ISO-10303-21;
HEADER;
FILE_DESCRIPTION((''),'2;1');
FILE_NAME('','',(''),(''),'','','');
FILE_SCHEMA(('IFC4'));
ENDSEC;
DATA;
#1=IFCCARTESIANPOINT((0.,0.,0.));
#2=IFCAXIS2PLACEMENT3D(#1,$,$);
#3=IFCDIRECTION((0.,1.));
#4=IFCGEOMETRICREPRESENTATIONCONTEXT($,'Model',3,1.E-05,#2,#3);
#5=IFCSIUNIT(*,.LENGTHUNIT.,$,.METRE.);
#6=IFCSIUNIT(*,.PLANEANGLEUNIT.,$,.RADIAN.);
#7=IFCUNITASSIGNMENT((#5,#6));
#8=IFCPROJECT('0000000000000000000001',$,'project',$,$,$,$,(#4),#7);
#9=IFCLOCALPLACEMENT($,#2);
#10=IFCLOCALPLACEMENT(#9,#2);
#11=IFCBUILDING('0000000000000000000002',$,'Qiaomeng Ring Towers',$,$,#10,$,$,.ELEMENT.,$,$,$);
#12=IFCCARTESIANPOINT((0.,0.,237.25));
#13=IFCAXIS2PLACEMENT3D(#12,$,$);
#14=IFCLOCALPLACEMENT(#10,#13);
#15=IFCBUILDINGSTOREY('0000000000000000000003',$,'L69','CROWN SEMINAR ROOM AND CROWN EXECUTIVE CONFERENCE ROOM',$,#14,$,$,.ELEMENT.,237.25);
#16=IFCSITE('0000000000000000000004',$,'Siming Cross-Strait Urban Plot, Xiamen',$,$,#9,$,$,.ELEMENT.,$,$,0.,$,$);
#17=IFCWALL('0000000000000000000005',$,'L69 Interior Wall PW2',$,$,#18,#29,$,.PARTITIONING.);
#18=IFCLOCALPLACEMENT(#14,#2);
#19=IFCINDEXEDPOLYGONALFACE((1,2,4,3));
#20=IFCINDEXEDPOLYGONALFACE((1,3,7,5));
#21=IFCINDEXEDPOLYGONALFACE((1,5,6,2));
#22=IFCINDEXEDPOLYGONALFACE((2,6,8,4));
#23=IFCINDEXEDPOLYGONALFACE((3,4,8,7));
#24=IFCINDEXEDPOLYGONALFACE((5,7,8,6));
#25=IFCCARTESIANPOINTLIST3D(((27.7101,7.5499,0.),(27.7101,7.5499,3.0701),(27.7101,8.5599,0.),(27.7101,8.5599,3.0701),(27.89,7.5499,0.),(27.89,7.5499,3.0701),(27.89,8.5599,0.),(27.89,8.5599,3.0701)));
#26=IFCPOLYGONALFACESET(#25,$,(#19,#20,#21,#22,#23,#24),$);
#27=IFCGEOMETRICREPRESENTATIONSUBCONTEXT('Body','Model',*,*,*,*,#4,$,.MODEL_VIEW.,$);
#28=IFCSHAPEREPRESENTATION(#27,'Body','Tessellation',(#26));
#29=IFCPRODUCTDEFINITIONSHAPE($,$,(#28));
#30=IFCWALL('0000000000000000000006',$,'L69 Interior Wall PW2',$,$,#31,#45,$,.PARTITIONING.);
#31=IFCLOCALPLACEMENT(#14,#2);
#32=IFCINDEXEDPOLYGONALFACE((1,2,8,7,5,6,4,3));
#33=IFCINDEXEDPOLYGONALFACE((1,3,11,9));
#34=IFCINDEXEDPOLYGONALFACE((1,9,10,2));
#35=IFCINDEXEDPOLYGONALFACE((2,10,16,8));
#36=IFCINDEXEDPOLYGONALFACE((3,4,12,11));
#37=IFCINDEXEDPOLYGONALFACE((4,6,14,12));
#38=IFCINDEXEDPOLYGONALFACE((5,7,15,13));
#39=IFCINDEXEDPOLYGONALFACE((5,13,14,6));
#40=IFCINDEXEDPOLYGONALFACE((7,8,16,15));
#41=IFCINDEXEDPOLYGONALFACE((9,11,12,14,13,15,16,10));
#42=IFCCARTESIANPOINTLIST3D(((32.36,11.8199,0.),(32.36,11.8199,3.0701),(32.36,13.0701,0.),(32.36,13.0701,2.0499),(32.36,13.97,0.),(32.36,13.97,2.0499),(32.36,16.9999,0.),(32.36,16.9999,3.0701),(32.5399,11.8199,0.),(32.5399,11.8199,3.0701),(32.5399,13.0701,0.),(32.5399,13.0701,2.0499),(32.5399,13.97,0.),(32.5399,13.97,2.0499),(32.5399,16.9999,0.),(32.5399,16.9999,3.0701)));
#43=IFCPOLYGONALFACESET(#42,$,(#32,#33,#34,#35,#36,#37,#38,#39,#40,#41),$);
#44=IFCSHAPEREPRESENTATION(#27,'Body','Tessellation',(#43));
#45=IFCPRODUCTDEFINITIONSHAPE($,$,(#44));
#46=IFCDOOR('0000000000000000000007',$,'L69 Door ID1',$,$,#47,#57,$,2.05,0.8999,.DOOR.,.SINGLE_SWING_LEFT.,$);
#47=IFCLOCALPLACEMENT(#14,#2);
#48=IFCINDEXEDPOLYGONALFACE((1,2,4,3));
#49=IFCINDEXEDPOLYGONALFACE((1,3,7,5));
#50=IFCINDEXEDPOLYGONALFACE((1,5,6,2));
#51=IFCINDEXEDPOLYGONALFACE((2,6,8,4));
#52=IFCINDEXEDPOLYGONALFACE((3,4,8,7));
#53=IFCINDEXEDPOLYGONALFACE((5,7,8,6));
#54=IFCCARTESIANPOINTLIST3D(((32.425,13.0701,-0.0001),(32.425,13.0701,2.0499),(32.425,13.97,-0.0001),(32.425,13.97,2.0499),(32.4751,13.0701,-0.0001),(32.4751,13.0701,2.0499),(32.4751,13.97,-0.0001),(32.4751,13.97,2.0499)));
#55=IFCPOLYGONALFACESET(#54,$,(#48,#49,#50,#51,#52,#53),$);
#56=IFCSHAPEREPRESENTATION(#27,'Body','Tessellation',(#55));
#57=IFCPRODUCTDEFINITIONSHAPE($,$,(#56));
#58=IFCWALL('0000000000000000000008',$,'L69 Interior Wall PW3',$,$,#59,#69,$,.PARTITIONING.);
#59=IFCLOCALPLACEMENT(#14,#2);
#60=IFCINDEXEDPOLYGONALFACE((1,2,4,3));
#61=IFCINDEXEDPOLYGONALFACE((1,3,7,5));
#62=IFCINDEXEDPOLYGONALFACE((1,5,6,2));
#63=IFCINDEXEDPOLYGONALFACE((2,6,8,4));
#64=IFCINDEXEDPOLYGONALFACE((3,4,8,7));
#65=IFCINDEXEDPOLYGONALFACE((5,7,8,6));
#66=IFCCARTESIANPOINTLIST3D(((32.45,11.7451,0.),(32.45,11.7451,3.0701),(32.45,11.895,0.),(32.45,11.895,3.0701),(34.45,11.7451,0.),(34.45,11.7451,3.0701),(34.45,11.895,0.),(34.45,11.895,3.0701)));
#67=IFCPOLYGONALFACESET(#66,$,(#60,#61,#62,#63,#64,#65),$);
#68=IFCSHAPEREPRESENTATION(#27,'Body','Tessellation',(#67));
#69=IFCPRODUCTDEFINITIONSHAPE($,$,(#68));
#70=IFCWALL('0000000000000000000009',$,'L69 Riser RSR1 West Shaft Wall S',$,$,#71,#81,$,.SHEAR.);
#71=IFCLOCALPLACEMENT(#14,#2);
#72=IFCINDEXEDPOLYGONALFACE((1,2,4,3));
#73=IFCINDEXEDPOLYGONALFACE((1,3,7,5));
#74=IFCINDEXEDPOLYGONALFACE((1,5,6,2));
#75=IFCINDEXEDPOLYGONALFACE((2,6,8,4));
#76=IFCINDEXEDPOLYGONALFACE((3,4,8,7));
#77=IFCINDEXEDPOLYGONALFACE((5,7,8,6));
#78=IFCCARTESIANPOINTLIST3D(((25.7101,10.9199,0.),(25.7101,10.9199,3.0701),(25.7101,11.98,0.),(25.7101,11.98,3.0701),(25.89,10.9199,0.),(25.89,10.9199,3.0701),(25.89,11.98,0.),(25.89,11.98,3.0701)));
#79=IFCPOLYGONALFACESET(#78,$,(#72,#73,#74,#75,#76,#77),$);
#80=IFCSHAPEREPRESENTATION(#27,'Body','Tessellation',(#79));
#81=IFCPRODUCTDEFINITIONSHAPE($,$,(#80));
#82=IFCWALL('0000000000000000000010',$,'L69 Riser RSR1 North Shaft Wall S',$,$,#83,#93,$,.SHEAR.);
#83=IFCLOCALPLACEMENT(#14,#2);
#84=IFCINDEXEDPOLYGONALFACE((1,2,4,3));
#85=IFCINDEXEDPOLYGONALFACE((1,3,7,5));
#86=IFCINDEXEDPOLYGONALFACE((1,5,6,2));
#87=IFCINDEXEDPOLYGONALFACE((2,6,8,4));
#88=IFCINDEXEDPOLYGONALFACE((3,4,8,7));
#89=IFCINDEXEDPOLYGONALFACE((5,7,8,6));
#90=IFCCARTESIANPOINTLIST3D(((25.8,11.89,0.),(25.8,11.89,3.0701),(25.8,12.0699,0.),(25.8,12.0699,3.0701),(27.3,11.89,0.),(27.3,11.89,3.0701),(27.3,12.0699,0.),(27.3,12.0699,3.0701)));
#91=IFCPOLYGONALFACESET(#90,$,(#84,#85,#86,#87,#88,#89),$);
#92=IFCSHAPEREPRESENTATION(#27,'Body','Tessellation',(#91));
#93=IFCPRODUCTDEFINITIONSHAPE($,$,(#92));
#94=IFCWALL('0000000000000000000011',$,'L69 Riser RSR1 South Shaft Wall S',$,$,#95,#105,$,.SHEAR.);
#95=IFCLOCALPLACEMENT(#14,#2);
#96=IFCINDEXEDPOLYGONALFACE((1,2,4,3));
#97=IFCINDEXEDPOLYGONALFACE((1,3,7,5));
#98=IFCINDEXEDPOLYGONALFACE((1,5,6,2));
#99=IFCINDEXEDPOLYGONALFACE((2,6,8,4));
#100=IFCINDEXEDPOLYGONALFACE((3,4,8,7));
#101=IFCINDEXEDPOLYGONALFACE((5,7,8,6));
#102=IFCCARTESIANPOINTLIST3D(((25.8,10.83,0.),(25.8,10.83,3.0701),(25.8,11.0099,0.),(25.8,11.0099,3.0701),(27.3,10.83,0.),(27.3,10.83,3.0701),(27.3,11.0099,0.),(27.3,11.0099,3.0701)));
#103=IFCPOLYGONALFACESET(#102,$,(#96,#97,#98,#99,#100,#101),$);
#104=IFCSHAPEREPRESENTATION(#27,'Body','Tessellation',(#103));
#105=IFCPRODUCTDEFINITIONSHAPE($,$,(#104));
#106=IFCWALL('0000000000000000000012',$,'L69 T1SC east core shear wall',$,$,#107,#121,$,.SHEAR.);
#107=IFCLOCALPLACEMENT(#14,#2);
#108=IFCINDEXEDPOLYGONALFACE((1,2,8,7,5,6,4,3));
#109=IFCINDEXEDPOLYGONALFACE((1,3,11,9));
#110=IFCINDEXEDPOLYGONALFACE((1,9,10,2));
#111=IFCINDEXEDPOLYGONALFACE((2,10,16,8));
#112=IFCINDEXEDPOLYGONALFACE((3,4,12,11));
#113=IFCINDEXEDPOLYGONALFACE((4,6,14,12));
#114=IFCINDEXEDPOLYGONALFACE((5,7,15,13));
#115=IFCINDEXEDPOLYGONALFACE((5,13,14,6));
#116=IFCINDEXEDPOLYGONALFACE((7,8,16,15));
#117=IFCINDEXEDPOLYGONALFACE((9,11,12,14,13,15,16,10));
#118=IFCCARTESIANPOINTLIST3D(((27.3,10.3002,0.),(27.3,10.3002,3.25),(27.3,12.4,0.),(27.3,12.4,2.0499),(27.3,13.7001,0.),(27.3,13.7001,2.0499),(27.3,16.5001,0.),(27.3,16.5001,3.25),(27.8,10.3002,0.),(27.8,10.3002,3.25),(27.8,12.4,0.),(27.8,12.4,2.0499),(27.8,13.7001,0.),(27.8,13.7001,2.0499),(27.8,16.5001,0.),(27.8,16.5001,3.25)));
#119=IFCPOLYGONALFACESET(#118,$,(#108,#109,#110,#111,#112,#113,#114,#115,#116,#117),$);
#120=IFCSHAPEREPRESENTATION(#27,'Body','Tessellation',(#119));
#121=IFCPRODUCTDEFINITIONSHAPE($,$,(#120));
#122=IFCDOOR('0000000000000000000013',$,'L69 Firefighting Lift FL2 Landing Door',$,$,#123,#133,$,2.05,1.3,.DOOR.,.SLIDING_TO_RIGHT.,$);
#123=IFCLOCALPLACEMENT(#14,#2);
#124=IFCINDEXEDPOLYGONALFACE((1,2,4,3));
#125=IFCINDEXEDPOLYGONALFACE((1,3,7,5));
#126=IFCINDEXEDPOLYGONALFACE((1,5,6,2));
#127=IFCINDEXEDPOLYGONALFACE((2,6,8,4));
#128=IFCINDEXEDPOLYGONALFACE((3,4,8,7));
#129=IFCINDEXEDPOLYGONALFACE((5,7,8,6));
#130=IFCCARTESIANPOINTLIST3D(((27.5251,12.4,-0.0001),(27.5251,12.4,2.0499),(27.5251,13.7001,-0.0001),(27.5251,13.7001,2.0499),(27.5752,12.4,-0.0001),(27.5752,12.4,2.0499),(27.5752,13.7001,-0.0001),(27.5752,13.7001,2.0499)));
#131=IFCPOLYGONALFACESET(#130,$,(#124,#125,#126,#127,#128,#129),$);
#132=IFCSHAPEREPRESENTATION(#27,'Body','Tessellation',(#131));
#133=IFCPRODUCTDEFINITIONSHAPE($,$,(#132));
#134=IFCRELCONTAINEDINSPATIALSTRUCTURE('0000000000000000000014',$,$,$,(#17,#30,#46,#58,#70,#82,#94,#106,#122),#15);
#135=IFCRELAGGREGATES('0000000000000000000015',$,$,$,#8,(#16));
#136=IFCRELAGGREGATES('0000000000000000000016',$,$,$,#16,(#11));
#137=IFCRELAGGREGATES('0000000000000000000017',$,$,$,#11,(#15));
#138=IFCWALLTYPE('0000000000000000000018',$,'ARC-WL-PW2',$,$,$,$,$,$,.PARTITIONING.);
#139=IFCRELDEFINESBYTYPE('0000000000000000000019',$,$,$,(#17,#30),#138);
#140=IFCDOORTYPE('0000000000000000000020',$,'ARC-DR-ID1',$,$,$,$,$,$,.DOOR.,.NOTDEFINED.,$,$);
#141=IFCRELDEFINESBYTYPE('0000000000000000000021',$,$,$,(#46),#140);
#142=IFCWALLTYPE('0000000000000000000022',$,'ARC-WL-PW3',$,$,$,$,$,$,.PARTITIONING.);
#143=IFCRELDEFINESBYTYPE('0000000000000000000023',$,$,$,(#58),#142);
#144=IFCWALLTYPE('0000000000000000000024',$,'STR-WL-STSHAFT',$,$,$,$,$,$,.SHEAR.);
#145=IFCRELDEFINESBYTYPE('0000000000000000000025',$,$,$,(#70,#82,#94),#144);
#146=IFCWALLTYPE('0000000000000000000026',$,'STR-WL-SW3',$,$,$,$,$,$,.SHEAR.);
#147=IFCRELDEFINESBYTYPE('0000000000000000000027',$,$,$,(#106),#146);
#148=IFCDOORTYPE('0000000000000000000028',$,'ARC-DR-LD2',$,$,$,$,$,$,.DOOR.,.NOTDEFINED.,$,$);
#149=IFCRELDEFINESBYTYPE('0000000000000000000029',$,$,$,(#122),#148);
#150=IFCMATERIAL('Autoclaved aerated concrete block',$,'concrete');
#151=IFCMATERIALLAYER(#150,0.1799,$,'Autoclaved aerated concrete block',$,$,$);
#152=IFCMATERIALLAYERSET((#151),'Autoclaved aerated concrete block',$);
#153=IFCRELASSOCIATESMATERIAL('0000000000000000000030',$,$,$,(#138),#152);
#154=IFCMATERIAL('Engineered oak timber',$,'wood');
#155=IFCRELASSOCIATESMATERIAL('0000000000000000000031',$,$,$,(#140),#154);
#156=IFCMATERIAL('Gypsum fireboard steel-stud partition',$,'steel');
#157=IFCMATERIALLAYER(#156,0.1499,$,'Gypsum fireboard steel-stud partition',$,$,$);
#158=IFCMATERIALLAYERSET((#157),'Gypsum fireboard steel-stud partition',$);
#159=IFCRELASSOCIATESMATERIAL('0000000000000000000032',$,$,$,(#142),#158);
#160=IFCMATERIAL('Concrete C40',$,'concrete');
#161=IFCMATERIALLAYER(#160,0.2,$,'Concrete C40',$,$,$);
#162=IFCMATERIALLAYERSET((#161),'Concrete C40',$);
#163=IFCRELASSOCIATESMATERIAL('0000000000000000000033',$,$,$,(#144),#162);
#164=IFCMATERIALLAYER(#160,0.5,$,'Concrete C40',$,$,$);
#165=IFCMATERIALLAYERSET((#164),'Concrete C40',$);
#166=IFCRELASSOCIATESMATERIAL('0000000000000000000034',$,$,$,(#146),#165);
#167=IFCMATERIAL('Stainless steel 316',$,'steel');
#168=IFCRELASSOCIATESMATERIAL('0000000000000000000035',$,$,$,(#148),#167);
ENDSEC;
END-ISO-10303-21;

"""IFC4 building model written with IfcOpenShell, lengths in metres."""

from ifc_helpers import new_model, si_unit, direction, frame, frame_2d, origin, place, context, subcontext, project, spatial, rectangle, extrude, source, transform, mapped, material, layer, layer_set, type_object, element, fill, save


model = new_model("IFC4")

# Units and contexts
model_context = context("Model", 3, precision=1e-05, world=origin(), true_north=direction((0.0, 1.0)))
body_context = subcontext(model_context, "Body", "Model", "MODEL_VIEW")
ifc_project = project(units=[si_unit("LENGTHUNIT", "METRE"), si_unit("PLANEANGLEUNIT", "RADIAN")], contexts=[model_context])

# Site, building, storey
site_placement = place(None, origin())
site = spatial("IfcSite", under=ifc_project, at=site_placement, Name="Siming Cross-Strait Urban Plot, Xiamen", CompositionType="ELEMENT", RefElevation=0.0)
building_placement = place(site_placement, origin())
building = spatial("IfcBuilding", under=site, at=building_placement, Name="Qiaomeng Ring Towers", CompositionType="ELEMENT")
storey_placement = place(building_placement, frame((0.0, 0.0, 237.25)))
storey = spatial("IfcBuildingStorey", under=building, at=storey_placement, Name="L69", Description="CROWN SEMINAR ROOM AND CROWN EXECUTIVE CONFERENCE ROOM", CompositionType="ELEMENT", Elevation=237.25)

# Shared definitions
ifc_material_1 = material(Name="Concrete C40", Category="concrete")

# Wall
ifc_material_2 = material(Name="Autoclaved aerated concrete block", Category="concrete")
ifc_layer_1 = layer(ifc_material_2, 0.1799, Name="Autoclaved aerated concrete block")
ifc_layer_set_1 = layer_set([ifc_layer_1], Name="Autoclaved aerated concrete block")
wall_type_1 = type_object("IfcWallType", Name="ARC-WL-PW2", PredefinedType="PARTITIONING", material=ifc_layer_set_1)
wall_1_placement = place(storey_placement, frame((27.8, 7.55, 0.0), z_axis=(0.0, 0.0, 1.0), x_axis=(0.0, 1.0, 0.0)))
element("IfcWall", 1, at=wall_1_placement, inside=storey, type_object=wall_type_1, Name="L69 Interior Wall PW2", PredefinedType="PARTITIONING", context=body_context, shape_type="SweptSolid", body=[
    extrude(rectangle(XDim=1.01, YDim=0.1799, at=frame_2d((0.5049, 0.0))), origin(), (0.0, 0.0, 1.0), 3.0701),
])

# Wall, opening, door
wall_2_placement = place(storey_placement, frame((32.45, 11.8201, 0.0), z_axis=(0.0, 0.0, 1.0), x_axis=(0.0, 1.0, 0.0)))
wall_2 = element("IfcWall", 2, at=wall_2_placement, inside=storey, type_object=wall_type_1, Name="L69 Interior Wall PW2", PredefinedType="PARTITIONING", context=body_context, shape_type="SweptSolid", body=[
    extrude(rectangle(XDim=5.1799, YDim=0.1799, at=frame_2d((2.5898, 0.0))), origin(), (0.0, 0.0, 1.0), 3.0701),
])
opening_1_placement = place(wall_2_placement, frame((1.25, 0.0, 0.0)))
opening_1 = element("IfcOpeningElement", 3, at=opening_1_placement, cuts=wall_2, PredefinedType="OPENING", context=body_context, shape_type="SweptSolid", body=[
    extrude(rectangle(XDim=0.8999, YDim=2.05, at=frame_2d((0.45, 1.0249))), frame((0.0, 0.0999, 0.0), z_axis=(0.0, -1.0, 0.0), x_axis=(1.0, 0.0, 0.0)), (0.0, 0.0, 1.0), 0.2),
])
ifc_material_3 = material(Name="Engineered oak timber", Category="wood")
door_type_1 = type_object("IfcDoorType", Name="ARC-DR-ID1", OperationType="NOTDEFINED", PredefinedType="DOOR", material=ifc_material_3)
shared_shape_1 = source(origin(), body_context, "Body", "SweptSolid", [
    extrude(rectangle(XDim=0.8999, YDim=2.05, at=frame_2d((0.45, 1.0249))), frame((0.0, 0.0249, 0.0), z_axis=(0.0, -1.0, 0.0), x_axis=(1.0, 0.0, 0.0)), (0.0, 0.0, 1.0), 0.05),
])
door_1_placement = place(opening_1_placement, origin())
door_1 = element("IfcDoor", 4, at=door_1_placement, inside=storey, type_object=door_type_1, Name="L69 Door ID1", OperationType="SINGLE_SWING_LEFT", OverallHeight=2.05, OverallWidth=0.8999, PredefinedType="DOOR", context=body_context, shape_type="MappedRepresentation", body=[
    mapped(shared_shape_1, transform((0.0, 0.0, 0.0), x_axis=(1.0, 0.0, 0.0), y_axis=(0.0, 1.0, 0.0), z_axis=(0.0, 0.0, 1.0), scale=1.0)),
])
fill(opening_1, door_1)

# Walls
ifc_material_4 = material(Name="Gypsum fireboard steel-stud partition", Category="steel")
ifc_layer_2 = layer(ifc_material_4, 0.1499, Name="Gypsum fireboard steel-stud partition")
ifc_layer_set_2 = layer_set([ifc_layer_2], Name="Gypsum fireboard steel-stud partition")
wall_type_2 = type_object("IfcWallType", Name="ARC-WL-PW3", PredefinedType="PARTITIONING", material=ifc_layer_set_2)
wall_3_placement = place(storey_placement, frame((32.45, 11.8201, 0.0), z_axis=(0.0, 0.0, 1.0), x_axis=(1.0, 0.0, 0.0)))
element("IfcWall", 5, at=wall_3_placement, inside=storey, type_object=wall_type_2, Name="L69 Interior Wall PW3", PredefinedType="PARTITIONING", context=body_context, shape_type="SweptSolid", body=[
    extrude(rectangle(XDim=2.0, YDim=0.1499, at=frame_2d((1.0, 0.0))), origin(), (0.0, 0.0, 1.0), 3.0701),
])
ifc_layer_3 = layer(ifc_material_1, 0.2, Name="Concrete C40")
ifc_layer_set_3 = layer_set([ifc_layer_3], Name="Concrete C40")
wall_type_3 = type_object("IfcWallType", Name="STR-WL-STSHAFT", PredefinedType="SHEAR", material=ifc_layer_set_3)
wall_4_placement = place(storey_placement, frame((25.8, 10.9199, 0.0), z_axis=(0.0, 0.0, 1.0), x_axis=(0.0, 1.0, 0.0)))
element("IfcWall", 6, at=wall_4_placement, inside=storey, type_object=wall_type_3, Name="L69 Riser RSR1 West Shaft Wall S", PredefinedType="SHEAR", context=body_context, shape_type="SweptSolid", body=[
    extrude(rectangle(XDim=1.0601, YDim=0.1799, at=frame_2d((0.53, 0.0))), origin(), (0.0, 0.0, 1.0), 3.0701),
])
for number, where, z_axis, x_axis, name in (
    (7, (25.8, 11.98, 0.0), (0.0, 0.0, 1.0), (1.0, 0.0, 0.0), "L69 Riser RSR1 North Shaft Wall S"),
    (8, (25.8, 10.9199, 0.0), (0.0, 0.0, 1.0), (1.0, 0.0, 0.0), "L69 Riser RSR1 South Shaft Wall S"),
):
    element("IfcWall", number, at=place(storey_placement, frame(where, z_axis=z_axis, x_axis=x_axis)), inside=storey, type_object=wall_type_3, Name=name, PredefinedType="SHEAR", context=body_context, shape_type="SweptSolid", body=[
        extrude(rectangle(XDim=1.5, YDim=0.1799, at=frame_2d((0.75, 0.0))), origin(), (0.0, 0.0, 1.0), 3.0701),
    ])

# Wall, opening, door
ifc_layer_4 = layer(ifc_material_1, 0.5, Name="Concrete C40")
ifc_layer_set_4 = layer_set([ifc_layer_4], Name="Concrete C40")
wall_type_4 = type_object("IfcWallType", Name="STR-WL-SW3", PredefinedType="SHEAR", material=ifc_layer_set_4)
wall_5_placement = place(storey_placement, frame((27.55, 10.3, 0.0), z_axis=(0.0, 0.0, 1.0), x_axis=(0.0, 1.0, 0.0)))
wall_5 = element("IfcWall", 9, at=wall_5_placement, inside=storey, type_object=wall_type_4, Name="L69 T1SC east core shear wall", PredefinedType="SHEAR", context=body_context, shape_type="SweptSolid", body=[
    extrude(rectangle(XDim=6.2, YDim=0.5, at=frame_2d((3.1001, 0.0))), origin(), (0.0, 0.0, 1.0), 3.25),
])
opening_2_placement = place(wall_5_placement, frame((2.1001, 0.0, 0.0)))
opening_2 = element("IfcOpeningElement", 10, at=opening_2_placement, cuts=wall_5, PredefinedType="OPENING", context=body_context, shape_type="SweptSolid", body=[
    extrude(rectangle(XDim=1.3, YDim=2.05, at=frame_2d((0.6499, 1.0249))), frame((0.0, 0.26, 0.0), z_axis=(0.0, -1.0, 0.0), x_axis=(1.0, 0.0, 0.0)), (0.0, 0.0, 1.0), 0.52),
])
ifc_material_5 = material(Name="Stainless steel 316", Category="steel")
door_type_2 = type_object("IfcDoorType", Name="ARC-DR-LD2", OperationType="NOTDEFINED", PredefinedType="DOOR", material=ifc_material_5)
shared_shape_2 = source(origin(), body_context, "Body", "SweptSolid", [
    extrude(rectangle(XDim=1.3, YDim=2.05, at=frame_2d((0.6499, 1.0249))), frame((0.0, 0.0249, 0.0), z_axis=(0.0, -1.0, 0.0), x_axis=(1.0, 0.0, 0.0)), (0.0, 0.0, 1.0), 0.05),
])
door_2_placement = place(opening_2_placement, origin())
door_2 = element("IfcDoor", 11, at=door_2_placement, inside=storey, type_object=door_type_2, Name="L69 Firefighting Lift FL2 Landing Door", OperationType="SLIDING_TO_RIGHT", OverallHeight=2.05, OverallWidth=1.3, PredefinedType="DOOR", context=body_context, shape_type="MappedRepresentation", body=[
    mapped(shared_shape_2, transform((0.0, 0.0, 0.0), x_axis=(1.0, 0.0, 0.0), y_axis=(0.0, 1.0, 0.0), z_axis=(0.0, 0.0, 1.0), scale=1.0)),
])
fill(opening_2, door_2)

save(model, "model.ifc")
